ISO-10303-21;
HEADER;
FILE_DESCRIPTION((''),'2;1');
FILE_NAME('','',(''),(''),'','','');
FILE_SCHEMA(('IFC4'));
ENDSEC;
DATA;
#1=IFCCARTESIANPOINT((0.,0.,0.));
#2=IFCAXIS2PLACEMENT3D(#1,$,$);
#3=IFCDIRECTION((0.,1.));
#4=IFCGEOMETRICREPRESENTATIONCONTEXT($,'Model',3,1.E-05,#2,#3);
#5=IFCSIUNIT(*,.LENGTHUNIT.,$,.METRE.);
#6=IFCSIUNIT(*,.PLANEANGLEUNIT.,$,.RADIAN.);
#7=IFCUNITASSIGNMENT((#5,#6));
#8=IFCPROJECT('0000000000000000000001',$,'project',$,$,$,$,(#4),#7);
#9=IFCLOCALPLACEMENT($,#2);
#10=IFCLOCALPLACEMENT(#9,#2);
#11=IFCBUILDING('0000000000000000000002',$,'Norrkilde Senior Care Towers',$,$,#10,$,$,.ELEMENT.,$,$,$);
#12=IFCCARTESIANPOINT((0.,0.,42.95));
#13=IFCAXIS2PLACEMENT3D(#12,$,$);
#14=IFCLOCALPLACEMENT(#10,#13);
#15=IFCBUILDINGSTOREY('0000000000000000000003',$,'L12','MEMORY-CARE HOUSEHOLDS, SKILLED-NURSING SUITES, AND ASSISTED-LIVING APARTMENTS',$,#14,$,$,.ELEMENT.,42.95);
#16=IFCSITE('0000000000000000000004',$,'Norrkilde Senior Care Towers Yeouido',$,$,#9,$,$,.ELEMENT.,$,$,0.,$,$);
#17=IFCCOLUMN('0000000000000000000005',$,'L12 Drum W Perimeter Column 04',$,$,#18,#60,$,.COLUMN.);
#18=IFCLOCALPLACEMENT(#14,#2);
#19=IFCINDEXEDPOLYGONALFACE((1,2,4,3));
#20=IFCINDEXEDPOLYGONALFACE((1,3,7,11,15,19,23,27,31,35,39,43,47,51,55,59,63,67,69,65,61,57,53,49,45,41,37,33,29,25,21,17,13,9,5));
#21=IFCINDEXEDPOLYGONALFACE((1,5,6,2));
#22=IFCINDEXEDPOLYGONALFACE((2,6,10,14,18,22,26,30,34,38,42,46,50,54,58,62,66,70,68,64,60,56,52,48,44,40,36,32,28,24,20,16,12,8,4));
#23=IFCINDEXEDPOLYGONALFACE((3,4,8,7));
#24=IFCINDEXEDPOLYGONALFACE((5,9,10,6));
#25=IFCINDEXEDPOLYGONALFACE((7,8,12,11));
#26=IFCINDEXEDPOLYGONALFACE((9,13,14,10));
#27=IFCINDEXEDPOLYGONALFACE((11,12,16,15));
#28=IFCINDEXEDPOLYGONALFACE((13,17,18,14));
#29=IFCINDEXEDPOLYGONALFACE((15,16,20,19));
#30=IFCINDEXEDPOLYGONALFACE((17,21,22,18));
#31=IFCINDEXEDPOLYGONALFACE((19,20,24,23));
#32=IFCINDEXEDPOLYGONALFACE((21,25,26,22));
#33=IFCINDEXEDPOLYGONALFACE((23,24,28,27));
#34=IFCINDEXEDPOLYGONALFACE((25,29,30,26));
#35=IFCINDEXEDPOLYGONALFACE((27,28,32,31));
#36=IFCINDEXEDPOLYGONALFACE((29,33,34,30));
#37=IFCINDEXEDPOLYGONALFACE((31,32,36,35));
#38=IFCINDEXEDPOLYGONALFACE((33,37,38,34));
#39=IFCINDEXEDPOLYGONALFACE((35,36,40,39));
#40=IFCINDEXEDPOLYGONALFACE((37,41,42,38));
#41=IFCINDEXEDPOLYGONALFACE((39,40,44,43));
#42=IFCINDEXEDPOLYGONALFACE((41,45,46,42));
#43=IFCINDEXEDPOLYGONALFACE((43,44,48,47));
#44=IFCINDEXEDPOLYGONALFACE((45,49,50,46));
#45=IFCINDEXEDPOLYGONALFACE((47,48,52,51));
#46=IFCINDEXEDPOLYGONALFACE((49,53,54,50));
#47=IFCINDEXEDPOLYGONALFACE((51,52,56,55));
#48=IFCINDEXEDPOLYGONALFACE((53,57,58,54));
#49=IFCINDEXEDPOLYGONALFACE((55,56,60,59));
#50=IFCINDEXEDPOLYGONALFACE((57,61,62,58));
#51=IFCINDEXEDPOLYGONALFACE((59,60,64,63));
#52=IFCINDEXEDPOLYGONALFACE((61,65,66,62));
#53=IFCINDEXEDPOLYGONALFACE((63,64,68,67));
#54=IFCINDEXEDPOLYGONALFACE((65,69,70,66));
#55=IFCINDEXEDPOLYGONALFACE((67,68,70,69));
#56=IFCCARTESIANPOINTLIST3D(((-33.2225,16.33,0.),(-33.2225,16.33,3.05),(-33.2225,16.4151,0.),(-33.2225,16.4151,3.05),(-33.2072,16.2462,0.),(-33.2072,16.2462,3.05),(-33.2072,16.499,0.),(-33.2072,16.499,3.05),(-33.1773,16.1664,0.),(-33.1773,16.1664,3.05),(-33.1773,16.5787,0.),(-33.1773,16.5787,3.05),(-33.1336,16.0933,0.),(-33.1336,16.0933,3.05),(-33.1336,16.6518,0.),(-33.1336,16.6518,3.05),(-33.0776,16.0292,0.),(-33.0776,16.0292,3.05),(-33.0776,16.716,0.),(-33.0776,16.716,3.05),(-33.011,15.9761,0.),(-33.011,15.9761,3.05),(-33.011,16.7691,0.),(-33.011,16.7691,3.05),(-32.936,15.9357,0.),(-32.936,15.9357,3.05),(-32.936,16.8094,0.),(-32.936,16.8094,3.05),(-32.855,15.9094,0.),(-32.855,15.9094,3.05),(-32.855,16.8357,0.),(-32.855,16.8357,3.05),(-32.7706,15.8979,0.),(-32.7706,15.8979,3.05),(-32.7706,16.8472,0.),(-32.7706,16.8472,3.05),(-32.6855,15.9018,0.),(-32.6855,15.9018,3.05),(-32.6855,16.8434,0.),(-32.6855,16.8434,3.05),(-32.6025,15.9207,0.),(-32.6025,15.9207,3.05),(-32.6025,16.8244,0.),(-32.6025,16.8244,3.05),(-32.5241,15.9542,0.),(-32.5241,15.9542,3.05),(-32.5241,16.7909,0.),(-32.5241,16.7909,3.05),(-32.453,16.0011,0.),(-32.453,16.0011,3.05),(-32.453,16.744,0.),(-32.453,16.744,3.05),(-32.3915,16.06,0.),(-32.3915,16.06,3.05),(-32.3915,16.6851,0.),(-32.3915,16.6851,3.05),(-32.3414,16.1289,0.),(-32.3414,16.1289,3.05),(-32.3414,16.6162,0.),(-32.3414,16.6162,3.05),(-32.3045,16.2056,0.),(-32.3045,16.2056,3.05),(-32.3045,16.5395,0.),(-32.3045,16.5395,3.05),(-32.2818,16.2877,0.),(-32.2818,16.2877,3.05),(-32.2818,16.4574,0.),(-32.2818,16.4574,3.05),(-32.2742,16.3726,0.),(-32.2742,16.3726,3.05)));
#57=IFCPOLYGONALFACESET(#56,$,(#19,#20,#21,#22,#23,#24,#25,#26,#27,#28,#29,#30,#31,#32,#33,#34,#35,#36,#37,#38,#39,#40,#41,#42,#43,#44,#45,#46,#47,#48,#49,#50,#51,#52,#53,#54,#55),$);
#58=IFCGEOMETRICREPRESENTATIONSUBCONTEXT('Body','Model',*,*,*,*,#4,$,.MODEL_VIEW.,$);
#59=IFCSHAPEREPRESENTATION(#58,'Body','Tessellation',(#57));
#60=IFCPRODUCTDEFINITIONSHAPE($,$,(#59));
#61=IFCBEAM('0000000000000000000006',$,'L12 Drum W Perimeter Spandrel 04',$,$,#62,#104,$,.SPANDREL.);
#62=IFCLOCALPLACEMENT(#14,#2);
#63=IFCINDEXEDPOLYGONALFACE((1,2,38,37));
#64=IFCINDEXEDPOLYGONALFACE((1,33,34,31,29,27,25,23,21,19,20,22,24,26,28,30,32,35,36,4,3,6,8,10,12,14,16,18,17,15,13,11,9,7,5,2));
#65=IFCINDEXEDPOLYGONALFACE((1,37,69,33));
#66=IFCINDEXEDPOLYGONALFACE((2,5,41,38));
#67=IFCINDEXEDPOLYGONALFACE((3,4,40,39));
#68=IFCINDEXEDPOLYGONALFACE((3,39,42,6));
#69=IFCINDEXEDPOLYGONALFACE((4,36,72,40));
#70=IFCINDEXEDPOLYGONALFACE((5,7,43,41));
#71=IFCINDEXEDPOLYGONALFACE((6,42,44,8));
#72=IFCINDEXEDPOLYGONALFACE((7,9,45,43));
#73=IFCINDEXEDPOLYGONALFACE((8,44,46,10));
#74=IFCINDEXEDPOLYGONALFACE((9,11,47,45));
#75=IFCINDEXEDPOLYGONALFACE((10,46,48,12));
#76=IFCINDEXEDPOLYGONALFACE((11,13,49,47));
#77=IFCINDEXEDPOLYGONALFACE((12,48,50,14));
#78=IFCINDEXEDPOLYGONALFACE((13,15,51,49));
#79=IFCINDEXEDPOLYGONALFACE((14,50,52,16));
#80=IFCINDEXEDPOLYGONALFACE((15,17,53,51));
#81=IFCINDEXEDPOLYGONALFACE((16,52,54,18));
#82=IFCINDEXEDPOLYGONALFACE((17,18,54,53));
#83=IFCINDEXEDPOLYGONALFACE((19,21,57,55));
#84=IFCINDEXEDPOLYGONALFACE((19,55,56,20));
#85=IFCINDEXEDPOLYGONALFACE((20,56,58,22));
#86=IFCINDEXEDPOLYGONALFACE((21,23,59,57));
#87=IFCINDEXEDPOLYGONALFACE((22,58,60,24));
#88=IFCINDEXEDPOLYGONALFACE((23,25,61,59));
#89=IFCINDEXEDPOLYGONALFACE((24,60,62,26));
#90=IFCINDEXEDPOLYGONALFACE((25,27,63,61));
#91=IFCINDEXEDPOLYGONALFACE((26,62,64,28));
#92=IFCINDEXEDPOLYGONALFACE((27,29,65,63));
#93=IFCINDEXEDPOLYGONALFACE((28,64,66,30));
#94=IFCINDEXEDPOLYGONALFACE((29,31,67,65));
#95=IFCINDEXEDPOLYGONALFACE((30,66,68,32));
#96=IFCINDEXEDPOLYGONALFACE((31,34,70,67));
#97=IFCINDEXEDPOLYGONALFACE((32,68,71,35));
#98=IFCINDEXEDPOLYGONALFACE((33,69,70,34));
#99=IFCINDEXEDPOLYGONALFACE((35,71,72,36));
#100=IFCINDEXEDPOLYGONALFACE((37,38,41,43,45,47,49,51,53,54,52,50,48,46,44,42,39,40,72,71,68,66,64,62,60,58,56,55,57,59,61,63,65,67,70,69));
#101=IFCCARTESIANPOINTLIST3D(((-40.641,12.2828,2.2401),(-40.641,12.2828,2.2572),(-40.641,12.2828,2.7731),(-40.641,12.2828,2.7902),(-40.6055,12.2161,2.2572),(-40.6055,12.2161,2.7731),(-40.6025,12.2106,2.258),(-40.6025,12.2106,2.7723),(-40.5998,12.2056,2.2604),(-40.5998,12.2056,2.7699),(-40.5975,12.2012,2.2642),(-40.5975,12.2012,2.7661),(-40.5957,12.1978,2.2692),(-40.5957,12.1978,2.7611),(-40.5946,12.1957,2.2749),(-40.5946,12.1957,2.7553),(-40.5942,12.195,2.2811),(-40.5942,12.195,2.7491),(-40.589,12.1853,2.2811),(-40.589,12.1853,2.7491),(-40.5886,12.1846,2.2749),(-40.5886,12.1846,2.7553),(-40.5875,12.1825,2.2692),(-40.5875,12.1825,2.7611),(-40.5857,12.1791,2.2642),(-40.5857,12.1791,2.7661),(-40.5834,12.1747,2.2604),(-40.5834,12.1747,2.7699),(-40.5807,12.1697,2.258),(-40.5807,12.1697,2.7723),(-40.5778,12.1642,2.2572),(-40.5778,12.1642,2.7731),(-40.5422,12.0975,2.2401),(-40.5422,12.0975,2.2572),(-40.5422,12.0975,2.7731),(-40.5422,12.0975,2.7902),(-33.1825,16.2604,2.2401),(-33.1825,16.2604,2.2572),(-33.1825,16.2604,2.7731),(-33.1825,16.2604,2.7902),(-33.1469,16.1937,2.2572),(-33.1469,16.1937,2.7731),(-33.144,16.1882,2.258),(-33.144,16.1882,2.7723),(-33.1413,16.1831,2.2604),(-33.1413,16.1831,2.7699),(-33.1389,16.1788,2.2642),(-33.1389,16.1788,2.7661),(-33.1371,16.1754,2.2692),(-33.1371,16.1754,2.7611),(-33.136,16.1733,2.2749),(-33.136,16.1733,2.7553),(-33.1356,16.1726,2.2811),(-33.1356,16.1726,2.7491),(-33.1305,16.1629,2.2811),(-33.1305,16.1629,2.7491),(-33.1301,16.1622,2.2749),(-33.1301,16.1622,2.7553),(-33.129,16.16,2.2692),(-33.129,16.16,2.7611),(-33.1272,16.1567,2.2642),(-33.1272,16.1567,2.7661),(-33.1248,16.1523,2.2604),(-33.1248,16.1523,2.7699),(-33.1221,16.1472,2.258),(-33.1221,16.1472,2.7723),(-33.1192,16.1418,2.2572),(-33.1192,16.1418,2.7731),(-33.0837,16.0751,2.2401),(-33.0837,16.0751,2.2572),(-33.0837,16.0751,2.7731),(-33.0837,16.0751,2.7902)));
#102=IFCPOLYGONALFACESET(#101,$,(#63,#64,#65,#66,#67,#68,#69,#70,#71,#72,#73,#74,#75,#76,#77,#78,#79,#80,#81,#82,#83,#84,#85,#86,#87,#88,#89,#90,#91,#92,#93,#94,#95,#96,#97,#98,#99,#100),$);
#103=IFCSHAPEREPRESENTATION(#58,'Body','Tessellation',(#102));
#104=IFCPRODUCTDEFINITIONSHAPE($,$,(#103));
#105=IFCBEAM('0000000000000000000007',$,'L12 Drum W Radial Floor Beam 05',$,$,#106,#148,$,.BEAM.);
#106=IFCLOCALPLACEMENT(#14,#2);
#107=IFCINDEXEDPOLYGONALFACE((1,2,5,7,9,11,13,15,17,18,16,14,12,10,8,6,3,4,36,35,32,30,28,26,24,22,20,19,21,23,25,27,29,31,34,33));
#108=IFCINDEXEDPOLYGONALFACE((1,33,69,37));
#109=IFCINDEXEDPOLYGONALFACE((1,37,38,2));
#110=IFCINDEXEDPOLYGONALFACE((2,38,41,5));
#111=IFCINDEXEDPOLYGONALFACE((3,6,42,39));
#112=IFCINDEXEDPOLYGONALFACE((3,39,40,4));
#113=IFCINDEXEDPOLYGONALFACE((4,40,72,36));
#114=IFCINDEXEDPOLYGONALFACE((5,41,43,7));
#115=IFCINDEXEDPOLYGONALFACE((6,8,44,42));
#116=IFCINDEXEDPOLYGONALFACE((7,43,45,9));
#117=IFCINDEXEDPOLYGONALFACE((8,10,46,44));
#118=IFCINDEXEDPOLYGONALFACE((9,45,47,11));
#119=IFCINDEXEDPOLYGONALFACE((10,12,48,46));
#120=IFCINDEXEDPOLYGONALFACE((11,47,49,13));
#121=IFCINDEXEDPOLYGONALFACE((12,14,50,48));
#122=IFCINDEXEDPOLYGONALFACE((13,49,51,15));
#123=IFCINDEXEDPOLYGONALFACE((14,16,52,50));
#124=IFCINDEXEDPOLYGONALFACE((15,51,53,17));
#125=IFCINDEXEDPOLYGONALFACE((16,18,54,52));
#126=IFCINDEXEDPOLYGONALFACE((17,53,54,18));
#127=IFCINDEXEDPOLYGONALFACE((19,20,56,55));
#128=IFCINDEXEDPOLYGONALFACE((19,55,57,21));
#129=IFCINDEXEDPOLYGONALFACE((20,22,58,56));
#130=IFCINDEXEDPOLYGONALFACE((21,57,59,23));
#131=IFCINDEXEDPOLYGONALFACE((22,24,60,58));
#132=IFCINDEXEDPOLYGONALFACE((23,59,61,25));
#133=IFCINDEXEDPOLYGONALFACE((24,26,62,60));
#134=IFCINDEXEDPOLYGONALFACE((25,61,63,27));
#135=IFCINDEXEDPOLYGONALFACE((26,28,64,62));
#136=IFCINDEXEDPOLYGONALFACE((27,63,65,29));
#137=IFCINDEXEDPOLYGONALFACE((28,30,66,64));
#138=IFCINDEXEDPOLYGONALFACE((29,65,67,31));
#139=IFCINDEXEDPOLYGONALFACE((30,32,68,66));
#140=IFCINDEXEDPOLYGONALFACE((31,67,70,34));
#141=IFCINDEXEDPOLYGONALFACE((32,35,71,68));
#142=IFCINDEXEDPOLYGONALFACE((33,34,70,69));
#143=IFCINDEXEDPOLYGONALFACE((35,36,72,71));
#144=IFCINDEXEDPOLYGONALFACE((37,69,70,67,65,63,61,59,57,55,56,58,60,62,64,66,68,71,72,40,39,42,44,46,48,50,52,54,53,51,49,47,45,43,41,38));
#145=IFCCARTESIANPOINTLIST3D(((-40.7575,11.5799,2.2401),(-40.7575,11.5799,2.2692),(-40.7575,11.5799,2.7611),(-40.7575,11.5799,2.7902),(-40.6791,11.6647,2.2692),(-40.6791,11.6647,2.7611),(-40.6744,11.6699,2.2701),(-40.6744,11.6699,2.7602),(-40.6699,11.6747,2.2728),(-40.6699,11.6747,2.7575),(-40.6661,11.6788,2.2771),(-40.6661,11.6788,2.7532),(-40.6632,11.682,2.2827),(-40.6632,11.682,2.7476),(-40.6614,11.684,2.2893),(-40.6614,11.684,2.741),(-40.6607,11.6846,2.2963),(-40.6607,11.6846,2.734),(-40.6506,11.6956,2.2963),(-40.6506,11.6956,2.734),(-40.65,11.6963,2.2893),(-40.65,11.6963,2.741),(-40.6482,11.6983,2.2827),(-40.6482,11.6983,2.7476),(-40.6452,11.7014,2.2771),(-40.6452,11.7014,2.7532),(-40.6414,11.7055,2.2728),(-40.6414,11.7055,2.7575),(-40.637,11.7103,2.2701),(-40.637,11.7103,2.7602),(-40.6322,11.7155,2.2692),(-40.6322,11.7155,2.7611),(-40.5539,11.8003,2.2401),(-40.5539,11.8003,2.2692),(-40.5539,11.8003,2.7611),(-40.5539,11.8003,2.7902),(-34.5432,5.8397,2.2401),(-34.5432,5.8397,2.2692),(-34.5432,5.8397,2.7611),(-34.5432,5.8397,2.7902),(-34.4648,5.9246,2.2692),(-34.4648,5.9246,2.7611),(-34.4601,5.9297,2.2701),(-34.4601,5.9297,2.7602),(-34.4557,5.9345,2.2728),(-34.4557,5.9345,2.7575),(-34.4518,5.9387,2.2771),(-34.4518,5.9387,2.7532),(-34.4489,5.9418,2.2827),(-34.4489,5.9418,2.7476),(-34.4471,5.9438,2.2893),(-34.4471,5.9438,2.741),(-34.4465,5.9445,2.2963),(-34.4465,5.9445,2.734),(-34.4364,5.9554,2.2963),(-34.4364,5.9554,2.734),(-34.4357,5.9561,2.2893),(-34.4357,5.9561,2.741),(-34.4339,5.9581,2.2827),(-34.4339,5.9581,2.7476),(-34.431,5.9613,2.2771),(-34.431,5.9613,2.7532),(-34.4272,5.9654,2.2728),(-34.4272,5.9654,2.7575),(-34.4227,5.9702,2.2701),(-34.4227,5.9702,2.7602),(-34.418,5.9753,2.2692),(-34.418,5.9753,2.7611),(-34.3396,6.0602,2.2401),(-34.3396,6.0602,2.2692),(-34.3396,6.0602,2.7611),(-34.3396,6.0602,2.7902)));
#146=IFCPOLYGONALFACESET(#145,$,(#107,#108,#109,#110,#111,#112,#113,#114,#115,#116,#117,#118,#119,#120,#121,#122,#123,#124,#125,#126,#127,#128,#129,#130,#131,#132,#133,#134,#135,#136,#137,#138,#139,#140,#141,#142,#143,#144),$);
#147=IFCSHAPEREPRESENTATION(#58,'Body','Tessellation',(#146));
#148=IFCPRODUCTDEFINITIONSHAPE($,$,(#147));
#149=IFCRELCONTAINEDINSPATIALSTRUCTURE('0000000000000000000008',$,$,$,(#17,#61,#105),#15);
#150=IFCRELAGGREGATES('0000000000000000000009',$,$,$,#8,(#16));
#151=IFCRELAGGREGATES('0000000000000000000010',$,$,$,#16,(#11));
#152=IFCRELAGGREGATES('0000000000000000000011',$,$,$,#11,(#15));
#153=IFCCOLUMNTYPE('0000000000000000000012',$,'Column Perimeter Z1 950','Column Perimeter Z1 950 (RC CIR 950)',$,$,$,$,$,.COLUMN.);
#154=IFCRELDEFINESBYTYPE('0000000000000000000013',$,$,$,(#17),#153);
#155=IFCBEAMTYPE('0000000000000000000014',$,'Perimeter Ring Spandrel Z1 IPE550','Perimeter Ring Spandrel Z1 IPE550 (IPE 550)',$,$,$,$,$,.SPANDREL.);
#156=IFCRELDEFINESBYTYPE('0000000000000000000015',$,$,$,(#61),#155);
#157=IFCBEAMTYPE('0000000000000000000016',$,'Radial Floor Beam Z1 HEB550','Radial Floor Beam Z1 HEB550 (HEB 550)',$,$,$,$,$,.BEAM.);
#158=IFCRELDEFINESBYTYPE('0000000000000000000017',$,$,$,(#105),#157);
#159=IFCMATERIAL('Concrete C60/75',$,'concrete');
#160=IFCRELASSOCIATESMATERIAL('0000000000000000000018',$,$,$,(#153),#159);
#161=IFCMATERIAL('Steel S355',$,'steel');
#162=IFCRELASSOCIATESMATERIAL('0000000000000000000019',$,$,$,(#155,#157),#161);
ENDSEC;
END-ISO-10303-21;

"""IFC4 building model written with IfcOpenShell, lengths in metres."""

from ifc_helpers import new_model, si_unit, direction, frame, origin, origin_2d, place, context, subcontext, project, spatial, circle, i_section, extrude, source, transform, mapped, material, material_profile, profile_set, type_object, type_shapes, element, save


model = new_model("IFC4")

# Units and contexts
model_context = context("Model", 3, precision=1e-05, world=origin(), true_north=direction((0.0, 1.0)))
body_context = subcontext(model_context, "Body", "Model", "MODEL_VIEW")
ifc_project = project(units=[si_unit("LENGTHUNIT", "METRE"), si_unit("PLANEANGLEUNIT", "RADIAN")], contexts=[model_context])

# Site, building, storey
site_placement = place(None, origin())
site = spatial("IfcSite", under=ifc_project, at=site_placement, Name="Norrkilde Senior Care Towers Yeouido", CompositionType="ELEMENT", RefElevation=0.0)
building_placement = place(site_placement, origin())
building = spatial("IfcBuilding", under=site, at=building_placement, Name="Norrkilde Senior Care Towers", CompositionType="ELEMENT")
storey_placement = place(building_placement, frame((0.0, 0.0, 42.95)))
storey = spatial("IfcBuildingStorey", under=building, at=storey_placement, Name="L12", Description="MEMORY-CARE HOUSEHOLDS, SKILLED-NURSING SUITES, AND ASSISTED-LIVING APARTMENTS", CompositionType="ELEMENT", Elevation=42.95)

# Column
ifc_material_1 = material(Name="Concrete C60/75", Category="concrete")
ifc_material_profile_1 = material_profile(ifc_material_1, circle(Radius=0.4751, at=origin_2d()), Name="RC CIR 950")
ifc_profile_set_1 = profile_set([ifc_material_profile_1], Name="Concrete C60/75")
column_type = type_object("IfcColumnType", Name="Column Perimeter Z1 950", Description="Column Perimeter Z1 950 (RC CIR 950)", PredefinedType="COLUMN", material=ifc_profile_set_1)
shared_shape_1 = source(origin(), body_context, "Body", "SweptSolid", [
    extrude(circle(Radius=0.4751, at=origin_2d()), origin(), (0.0, 0.0, 1.0), 3.05),
])
type_shapes(column_type, [shared_shape_1])
column_placement = place(storey_placement, frame((-32.7493, 16.3726, 0.0), z_axis=(0.0, 0.0, 1.0), x_axis=(1.0, 0.0, 0.0)))
element("IfcColumn", 1, at=column_placement, inside=storey, type_object=column_type, Name="L12 Drum W Perimeter Column 04", PredefinedType="COLUMN", context=body_context, shape_type="MappedRepresentation", body=[
    mapped(shared_shape_1, transform((0.0, 0.0, 0.0), x_axis=(1.0, 0.0, 0.0), y_axis=(0.0, 1.0, 0.0), z_axis=(0.0, 0.0, 1.0), scale=1.0)),
])

# Beams
ifc_material_2 = material(Name="Steel S355", Category="steel")
ifc_material_profile_2 = material_profile(ifc_material_2, i_section(OverallWidth=0.21, OverallDepth=0.55, WebThickness=0.011, FlangeThickness=0.0171, FilletRadius=0.0239, at=origin_2d()), Name="IPE 550")
ifc_profile_set_2 = profile_set([ifc_material_profile_2], Name="Steel S355")
beam_type_1 = type_object("IfcBeamType", Name="Perimeter Ring Spandrel Z1 IPE550", Description="Perimeter Ring Spandrel Z1 IPE550 (IPE 550)", PredefinedType="SPANDREL", material=ifc_profile_set_2)
shared_shape_2 = source(origin(), body_context, "Body", "SweptSolid", [
    extrude(i_section(OverallWidth=0.21, OverallDepth=0.55, WebThickness=0.011, FlangeThickness=0.0171, FilletRadius=0.0239, at=origin_2d()), origin(), (0.0, 0.0, 1.0), 8.4529),
])
type_shapes(beam_type_1, [shared_shape_2])
beam_1_placement = place(storey_placement, frame((-33.1331, 16.1677, 2.5151), z_axis=(-0.882369, -0.470558, 0.0), x_axis=(0.470558, -0.882369, 0.0)))
element("IfcBeam", 2, at=beam_1_placement, inside=storey, type_object=beam_type_1, Name="L12 Drum W Perimeter Spandrel 04", PredefinedType="SPANDREL", context=body_context, shape_type="MappedRepresentation", body=[
    mapped(shared_shape_2, transform((0.0, 0.0, 0.0), x_axis=(1.0, 0.0, 0.0), y_axis=(0.0, 1.0, 0.0), z_axis=(0.0, 0.0, 1.0), scale=1.0)),
])
ifc_material_profile_3 = material_profile(ifc_material_2, i_section(OverallWidth=0.3, OverallDepth=0.55, WebThickness=0.0149, FlangeThickness=0.0291, FilletRadius=0.0271, at=origin_2d()), Name="HEB 550")
ifc_profile_set_3 = profile_set([ifc_material_profile_3], Name="Steel S355")
beam_type_2 = type_object("IfcBeamType", Name="Radial Floor Beam Z1 HEB550", Description="Radial Floor Beam Z1 HEB550 (HEB 550)", PredefinedType="BEAM", material=ifc_profile_set_3)
shared_shape_3 = source(origin(), body_context, "Body", "SweptSolid", [
    extrude(i_section(OverallWidth=0.3, OverallDepth=0.55, WebThickness=0.0149, FlangeThickness=0.0291, FilletRadius=0.0271, at=origin_2d()), origin(), (0.0, 0.0, 1.0), 8.4597),
])
beam_2_placement = place(storey_placement, frame((-34.4414, 5.95, 2.5151), z_axis=(-0.734573, 0.678529, 0.0), x_axis=(-0.678529, -0.734573, 0.0)))
element("IfcBeam", 3, at=beam_2_placement, inside=storey, type_object=beam_type_2, Name="L12 Drum W Radial Floor Beam 05", PredefinedType="BEAM", context=body_context, shape_type="MappedRepresentation", body=[
    mapped(shared_shape_3, transform((0.0, 0.0, 0.0), x_axis=(1.0, 0.0, 0.0), y_axis=(0.0, 1.0, 0.0), z_axis=(0.0, 0.0, 1.0), scale=1.0)),
])

save(model, "model.ifc")
